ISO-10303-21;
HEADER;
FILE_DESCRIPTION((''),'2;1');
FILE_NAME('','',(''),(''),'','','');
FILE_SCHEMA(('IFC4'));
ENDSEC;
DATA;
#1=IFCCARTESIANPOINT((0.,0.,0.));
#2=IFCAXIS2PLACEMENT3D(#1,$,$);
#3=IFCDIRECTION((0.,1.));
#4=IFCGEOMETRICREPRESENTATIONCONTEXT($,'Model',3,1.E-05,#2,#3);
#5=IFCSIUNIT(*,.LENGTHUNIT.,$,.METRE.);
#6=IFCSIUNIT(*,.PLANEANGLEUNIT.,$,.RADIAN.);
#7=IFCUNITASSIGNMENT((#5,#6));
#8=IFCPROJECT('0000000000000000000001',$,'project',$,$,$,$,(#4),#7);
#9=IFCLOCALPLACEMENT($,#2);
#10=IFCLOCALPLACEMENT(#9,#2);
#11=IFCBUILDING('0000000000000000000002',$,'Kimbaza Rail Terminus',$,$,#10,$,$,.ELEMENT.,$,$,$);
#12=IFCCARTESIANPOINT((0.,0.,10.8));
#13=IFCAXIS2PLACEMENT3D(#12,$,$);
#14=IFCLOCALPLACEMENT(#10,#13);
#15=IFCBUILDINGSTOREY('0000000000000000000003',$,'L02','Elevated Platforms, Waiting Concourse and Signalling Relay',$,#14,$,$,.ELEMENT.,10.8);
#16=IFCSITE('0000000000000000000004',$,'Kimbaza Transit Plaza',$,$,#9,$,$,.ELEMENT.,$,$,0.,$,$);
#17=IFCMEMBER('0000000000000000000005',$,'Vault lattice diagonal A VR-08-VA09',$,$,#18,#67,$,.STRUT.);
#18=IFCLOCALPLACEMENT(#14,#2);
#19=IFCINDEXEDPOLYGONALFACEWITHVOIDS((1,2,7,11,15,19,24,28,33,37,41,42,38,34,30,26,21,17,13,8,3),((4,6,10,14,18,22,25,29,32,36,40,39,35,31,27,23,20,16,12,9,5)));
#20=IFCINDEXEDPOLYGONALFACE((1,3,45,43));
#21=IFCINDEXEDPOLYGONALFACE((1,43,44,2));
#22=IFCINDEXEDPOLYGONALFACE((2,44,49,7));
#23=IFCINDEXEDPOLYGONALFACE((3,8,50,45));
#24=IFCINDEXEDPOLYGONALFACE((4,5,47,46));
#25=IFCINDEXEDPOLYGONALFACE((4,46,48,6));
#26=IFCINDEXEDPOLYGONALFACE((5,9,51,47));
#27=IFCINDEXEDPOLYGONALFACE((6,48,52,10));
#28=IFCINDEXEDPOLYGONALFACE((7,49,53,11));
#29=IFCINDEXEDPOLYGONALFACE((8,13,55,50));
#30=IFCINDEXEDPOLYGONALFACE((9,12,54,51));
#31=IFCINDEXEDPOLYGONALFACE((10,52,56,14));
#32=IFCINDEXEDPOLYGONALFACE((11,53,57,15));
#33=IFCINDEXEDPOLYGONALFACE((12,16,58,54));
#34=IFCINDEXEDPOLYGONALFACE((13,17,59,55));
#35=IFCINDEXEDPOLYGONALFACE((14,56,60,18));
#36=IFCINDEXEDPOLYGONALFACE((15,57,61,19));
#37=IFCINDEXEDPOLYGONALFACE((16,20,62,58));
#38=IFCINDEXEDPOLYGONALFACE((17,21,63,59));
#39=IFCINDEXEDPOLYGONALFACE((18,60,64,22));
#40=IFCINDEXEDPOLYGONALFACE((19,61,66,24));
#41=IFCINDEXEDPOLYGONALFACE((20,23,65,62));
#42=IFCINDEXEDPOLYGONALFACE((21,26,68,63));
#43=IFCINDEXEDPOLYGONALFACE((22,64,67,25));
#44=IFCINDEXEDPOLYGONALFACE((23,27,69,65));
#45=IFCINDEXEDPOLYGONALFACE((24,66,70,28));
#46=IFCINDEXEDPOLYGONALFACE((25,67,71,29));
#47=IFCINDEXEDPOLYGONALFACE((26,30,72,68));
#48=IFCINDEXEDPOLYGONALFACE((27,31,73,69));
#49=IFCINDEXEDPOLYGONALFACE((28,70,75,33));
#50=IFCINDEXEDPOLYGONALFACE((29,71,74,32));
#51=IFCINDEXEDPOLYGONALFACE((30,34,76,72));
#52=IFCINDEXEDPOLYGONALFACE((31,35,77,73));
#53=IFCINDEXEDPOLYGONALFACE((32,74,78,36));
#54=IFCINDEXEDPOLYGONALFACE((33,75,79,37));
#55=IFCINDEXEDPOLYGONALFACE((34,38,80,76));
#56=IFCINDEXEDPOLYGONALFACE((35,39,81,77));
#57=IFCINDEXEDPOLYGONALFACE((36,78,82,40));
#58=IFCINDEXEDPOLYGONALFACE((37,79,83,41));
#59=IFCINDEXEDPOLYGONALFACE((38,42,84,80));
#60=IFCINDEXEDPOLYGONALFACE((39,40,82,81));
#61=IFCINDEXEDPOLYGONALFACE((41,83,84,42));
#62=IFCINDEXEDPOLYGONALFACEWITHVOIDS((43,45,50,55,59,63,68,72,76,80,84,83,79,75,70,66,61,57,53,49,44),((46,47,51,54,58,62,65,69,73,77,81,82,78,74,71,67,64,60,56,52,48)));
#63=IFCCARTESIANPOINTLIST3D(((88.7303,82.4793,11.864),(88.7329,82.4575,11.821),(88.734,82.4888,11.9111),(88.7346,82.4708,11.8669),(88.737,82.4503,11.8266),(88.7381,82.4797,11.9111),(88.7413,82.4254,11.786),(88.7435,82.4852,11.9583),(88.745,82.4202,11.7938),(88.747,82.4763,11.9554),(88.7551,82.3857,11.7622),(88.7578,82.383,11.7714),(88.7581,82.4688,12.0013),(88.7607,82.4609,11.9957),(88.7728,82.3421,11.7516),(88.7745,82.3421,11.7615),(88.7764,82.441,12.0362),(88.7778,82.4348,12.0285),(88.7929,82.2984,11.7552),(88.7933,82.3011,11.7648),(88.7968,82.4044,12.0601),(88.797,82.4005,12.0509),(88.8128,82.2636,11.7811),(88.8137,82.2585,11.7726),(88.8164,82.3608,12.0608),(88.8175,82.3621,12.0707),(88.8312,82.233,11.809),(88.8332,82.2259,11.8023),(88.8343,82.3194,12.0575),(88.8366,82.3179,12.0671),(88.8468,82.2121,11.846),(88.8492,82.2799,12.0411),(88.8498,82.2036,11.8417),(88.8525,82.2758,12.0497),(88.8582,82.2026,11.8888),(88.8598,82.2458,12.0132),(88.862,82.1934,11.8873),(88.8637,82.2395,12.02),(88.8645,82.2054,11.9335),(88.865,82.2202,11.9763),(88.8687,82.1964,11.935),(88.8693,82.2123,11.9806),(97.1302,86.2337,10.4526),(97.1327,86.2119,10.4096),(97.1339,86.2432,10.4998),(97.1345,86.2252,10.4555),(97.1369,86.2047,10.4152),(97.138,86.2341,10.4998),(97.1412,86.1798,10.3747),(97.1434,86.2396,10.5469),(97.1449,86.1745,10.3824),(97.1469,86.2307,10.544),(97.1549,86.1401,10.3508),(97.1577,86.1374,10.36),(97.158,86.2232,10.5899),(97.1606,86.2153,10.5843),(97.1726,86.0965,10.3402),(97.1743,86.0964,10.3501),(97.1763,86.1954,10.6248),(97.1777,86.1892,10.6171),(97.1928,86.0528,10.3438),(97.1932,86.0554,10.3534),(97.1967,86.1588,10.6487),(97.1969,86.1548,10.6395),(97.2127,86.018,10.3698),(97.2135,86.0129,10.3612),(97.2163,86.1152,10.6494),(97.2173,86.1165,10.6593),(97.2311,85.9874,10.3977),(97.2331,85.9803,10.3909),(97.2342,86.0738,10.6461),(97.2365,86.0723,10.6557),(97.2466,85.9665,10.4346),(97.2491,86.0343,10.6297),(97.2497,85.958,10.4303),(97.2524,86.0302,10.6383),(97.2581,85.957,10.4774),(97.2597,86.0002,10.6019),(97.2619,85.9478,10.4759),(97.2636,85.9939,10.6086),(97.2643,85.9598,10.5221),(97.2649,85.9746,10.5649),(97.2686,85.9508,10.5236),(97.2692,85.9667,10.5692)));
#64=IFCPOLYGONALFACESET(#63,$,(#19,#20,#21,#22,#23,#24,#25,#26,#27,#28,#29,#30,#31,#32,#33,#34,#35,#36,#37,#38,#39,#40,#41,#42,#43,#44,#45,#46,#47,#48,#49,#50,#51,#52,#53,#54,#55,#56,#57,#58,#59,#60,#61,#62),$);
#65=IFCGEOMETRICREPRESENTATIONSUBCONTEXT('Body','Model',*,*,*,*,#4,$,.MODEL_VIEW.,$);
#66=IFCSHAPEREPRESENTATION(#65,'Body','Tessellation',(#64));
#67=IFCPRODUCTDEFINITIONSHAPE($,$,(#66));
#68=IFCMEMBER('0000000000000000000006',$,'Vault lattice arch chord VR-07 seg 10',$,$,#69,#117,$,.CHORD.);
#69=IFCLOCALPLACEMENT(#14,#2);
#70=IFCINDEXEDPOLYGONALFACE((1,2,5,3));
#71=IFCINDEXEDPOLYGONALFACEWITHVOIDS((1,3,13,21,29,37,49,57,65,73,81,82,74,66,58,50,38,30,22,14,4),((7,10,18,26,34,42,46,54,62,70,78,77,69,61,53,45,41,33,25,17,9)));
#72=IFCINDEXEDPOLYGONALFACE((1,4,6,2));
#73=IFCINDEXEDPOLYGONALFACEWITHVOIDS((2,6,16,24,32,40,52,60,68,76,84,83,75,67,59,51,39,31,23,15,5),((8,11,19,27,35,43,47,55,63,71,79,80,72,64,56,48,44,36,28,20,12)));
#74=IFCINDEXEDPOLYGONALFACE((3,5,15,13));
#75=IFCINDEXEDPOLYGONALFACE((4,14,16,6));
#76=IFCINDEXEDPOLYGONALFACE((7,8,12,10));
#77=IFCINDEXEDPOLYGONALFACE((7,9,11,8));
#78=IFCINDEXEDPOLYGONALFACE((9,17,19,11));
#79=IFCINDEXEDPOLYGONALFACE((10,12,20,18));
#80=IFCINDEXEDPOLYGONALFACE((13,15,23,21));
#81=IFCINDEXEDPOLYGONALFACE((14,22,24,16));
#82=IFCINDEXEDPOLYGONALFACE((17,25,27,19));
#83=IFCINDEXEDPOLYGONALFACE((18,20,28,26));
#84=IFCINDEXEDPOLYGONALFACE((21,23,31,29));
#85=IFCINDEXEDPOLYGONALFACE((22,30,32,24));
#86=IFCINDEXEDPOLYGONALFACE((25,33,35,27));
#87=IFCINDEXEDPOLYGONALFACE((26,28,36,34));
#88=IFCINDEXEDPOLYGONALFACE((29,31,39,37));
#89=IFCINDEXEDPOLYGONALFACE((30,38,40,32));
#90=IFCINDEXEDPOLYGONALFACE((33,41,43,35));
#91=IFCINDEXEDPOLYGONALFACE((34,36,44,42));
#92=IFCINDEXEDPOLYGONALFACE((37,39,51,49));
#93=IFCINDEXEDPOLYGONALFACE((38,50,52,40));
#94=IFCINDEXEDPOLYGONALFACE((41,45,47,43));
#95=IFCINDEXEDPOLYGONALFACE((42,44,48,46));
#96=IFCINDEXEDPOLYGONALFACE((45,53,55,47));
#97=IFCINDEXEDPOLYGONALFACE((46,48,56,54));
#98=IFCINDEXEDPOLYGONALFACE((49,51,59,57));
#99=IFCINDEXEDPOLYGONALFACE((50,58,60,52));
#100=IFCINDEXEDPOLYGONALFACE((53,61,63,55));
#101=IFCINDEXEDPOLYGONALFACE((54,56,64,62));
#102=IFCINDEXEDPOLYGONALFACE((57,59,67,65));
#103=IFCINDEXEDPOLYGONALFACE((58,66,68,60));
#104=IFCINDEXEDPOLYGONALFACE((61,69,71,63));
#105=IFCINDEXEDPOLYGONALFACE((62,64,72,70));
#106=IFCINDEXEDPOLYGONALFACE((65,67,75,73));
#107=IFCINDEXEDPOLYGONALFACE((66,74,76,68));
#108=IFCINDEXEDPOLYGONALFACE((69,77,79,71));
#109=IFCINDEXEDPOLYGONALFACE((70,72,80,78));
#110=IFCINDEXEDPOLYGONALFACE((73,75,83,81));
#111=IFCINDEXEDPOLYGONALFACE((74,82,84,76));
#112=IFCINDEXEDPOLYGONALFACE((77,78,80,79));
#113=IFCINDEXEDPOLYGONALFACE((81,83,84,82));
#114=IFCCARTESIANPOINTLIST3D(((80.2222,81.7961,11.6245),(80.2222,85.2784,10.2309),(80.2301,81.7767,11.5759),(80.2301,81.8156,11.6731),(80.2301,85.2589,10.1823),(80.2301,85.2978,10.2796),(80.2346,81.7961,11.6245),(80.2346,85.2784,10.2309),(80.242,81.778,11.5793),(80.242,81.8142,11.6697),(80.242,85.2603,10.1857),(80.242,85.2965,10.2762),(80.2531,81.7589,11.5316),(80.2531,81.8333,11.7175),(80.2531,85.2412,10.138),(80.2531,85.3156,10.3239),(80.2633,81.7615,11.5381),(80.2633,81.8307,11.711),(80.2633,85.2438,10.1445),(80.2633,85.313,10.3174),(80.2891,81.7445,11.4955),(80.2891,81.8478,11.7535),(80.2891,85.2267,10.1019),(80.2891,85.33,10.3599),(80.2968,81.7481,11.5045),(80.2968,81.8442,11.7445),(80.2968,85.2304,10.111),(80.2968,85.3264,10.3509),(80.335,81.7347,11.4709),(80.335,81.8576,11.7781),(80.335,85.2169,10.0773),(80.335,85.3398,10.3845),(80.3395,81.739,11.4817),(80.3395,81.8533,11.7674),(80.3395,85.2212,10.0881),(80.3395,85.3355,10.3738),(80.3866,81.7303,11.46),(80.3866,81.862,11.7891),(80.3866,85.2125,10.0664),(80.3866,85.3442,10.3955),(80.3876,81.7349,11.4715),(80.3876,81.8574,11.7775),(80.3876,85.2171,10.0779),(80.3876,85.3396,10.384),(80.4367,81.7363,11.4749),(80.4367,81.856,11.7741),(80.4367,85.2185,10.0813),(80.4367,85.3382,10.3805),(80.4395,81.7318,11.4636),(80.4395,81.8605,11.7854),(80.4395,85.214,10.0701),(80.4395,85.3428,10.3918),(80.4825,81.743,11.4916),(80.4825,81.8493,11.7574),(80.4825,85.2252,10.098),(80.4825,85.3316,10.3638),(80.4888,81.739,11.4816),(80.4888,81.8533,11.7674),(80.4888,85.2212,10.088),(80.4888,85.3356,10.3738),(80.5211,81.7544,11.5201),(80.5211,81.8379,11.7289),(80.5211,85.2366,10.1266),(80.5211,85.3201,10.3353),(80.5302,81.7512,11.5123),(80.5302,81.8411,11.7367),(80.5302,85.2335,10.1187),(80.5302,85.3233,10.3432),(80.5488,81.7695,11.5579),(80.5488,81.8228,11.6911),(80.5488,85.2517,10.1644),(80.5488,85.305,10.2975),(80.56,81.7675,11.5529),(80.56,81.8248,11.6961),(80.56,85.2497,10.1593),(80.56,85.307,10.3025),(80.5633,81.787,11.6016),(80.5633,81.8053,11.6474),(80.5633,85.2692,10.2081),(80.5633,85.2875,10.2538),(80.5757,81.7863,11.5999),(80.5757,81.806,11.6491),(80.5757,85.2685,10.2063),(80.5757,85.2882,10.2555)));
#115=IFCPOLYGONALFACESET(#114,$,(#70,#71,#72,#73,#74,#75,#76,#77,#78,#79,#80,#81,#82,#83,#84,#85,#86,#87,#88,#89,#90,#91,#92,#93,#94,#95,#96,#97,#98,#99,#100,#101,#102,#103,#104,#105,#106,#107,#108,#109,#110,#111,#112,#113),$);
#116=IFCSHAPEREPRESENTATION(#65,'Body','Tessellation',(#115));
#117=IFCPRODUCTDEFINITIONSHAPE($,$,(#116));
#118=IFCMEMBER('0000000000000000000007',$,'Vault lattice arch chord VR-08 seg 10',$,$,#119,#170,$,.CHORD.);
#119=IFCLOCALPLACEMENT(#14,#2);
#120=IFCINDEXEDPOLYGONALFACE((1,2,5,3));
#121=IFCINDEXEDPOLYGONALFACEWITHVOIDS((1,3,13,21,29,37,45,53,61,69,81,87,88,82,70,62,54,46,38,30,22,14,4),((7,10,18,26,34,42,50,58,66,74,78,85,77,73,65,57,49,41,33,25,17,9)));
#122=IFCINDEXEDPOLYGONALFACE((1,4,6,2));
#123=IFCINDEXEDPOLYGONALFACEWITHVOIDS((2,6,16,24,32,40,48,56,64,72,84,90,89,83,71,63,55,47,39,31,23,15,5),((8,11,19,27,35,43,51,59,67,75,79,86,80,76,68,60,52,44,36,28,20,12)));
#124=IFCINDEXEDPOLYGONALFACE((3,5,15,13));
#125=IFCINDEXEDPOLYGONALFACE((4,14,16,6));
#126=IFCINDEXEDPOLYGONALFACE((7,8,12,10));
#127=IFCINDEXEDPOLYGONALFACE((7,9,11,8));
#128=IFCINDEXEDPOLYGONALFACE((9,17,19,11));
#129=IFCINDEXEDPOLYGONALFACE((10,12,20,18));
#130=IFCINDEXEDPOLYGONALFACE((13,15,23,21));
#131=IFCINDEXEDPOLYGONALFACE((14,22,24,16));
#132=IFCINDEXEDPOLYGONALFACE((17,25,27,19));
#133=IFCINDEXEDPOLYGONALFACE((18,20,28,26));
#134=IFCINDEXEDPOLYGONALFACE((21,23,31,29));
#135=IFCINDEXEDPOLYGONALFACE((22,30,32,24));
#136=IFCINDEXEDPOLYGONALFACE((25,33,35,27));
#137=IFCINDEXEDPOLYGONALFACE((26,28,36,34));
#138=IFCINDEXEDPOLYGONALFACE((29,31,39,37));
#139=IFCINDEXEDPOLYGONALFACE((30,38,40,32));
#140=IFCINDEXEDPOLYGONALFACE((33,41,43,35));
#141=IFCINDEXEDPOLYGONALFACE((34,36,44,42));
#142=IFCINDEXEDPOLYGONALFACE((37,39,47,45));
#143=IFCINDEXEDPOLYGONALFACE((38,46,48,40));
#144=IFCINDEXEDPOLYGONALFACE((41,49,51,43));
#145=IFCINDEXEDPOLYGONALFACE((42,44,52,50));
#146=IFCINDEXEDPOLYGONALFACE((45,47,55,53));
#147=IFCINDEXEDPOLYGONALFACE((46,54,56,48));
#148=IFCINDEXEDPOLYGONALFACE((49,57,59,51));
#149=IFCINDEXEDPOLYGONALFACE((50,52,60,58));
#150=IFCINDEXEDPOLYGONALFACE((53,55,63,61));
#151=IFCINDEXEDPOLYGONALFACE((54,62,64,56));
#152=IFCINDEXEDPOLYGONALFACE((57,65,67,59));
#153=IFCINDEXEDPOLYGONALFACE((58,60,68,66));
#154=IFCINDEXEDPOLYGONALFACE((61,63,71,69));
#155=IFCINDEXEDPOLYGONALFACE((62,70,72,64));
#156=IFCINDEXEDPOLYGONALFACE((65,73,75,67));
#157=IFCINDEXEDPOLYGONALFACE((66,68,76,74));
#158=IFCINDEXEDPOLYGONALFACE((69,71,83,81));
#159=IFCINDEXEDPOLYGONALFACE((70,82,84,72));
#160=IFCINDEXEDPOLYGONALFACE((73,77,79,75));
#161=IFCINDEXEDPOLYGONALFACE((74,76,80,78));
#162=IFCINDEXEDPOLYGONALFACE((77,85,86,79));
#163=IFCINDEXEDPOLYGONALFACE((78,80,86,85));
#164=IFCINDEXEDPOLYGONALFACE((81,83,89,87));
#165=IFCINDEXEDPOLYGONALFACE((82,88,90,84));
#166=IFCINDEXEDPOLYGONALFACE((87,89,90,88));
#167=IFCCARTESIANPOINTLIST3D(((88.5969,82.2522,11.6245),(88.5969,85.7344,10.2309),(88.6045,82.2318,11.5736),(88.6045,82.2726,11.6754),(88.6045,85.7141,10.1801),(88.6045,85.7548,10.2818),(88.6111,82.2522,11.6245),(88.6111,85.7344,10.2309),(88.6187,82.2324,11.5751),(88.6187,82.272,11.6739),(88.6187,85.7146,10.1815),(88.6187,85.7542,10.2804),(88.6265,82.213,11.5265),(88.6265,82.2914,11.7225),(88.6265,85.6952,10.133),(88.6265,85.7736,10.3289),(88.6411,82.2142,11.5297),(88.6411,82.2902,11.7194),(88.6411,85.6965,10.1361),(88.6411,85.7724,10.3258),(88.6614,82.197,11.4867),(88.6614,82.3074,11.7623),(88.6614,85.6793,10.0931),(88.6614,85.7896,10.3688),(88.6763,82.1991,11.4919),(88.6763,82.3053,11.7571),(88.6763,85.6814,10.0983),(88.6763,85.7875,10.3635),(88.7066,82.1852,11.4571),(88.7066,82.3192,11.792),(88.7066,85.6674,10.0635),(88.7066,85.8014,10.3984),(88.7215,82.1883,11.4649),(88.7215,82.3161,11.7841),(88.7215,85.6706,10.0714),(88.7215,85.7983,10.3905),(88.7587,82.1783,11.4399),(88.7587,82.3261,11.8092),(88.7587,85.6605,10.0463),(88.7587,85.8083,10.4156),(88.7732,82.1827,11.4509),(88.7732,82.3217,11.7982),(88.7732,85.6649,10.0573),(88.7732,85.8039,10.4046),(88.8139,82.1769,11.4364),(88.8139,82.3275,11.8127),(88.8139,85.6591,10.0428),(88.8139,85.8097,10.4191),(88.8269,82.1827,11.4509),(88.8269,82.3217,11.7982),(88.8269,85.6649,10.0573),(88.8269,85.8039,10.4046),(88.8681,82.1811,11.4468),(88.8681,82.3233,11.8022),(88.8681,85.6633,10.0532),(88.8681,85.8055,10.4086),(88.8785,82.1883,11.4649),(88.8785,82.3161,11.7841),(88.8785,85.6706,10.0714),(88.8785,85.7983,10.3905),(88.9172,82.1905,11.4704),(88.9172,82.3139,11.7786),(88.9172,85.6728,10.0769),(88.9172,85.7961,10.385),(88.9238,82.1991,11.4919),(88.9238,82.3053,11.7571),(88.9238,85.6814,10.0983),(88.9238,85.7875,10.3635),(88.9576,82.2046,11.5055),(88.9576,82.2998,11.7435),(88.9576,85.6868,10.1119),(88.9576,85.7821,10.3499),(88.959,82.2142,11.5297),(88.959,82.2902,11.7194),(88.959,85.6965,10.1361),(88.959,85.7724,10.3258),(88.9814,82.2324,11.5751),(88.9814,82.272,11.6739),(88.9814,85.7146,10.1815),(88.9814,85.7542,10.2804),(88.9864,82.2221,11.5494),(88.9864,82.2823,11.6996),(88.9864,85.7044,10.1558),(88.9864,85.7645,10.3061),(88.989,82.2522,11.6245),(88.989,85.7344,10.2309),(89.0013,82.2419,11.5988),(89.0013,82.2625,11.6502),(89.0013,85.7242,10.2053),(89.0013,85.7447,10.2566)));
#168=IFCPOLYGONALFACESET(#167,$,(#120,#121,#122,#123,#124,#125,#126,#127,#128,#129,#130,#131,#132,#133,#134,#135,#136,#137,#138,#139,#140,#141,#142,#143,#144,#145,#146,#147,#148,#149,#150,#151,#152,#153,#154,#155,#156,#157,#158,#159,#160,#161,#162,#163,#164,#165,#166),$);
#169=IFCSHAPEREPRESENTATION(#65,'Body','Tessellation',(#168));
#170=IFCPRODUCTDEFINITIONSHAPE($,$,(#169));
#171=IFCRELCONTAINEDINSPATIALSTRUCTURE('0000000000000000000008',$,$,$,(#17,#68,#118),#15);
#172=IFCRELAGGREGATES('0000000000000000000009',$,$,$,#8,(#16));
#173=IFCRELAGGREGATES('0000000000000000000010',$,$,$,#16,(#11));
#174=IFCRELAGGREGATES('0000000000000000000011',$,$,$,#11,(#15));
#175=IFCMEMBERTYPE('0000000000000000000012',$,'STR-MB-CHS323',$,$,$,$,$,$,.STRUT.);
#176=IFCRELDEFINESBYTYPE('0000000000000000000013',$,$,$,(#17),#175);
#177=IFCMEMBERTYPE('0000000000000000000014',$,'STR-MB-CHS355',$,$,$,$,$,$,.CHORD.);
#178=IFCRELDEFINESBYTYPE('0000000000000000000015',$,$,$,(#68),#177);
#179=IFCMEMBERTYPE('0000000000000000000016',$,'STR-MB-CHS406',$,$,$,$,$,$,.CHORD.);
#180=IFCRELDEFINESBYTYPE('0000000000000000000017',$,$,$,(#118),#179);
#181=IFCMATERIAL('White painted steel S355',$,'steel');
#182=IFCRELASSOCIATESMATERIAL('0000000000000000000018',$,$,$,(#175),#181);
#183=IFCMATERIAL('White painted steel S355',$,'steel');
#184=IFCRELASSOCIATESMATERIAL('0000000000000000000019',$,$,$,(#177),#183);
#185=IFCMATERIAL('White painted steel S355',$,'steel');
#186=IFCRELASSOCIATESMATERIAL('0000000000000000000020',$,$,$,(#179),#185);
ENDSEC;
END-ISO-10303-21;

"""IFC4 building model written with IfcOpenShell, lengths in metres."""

from ifc_helpers import new_model, si_unit, direction, frame, origin, origin_2d, place, context, subcontext, project, spatial, hollow_circle, extrude, material, material_profile, profile_set, type_object, element, save


model = new_model("IFC4")

# Units and contexts
model_context = context("Model", 3, precision=1e-05, world=origin(), true_north=direction((0.0, 1.0)))
body_context = subcontext(model_context, "Body", "Model", "MODEL_VIEW")
ifc_project = project(units=[si_unit("LENGTHUNIT", "METRE"), si_unit("PLANEANGLEUNIT", "RADIAN")], contexts=[model_context])

# Site, building, storey
site_placement = place(None, origin())
site = spatial("IfcSite", under=ifc_project, at=site_placement, Name="Kimbaza Transit Plaza", CompositionType="ELEMENT", RefElevation=0.0)
building_placement = place(site_placement, origin())
building = spatial("IfcBuilding", under=site, at=building_placement, Name="Kimbaza Rail Terminus", CompositionType="ELEMENT")
storey_placement = place(building_placement, frame((0.0, 0.0, 10.8)))
storey = spatial("IfcBuildingStorey", under=building, at=storey_placement, Name="L02", Description="Elevated Platforms, Waiting Concourse and Signalling Relay", CompositionType="ELEMENT", Elevation=10.8)

# Members
ifc_material_1 = material(Name="White painted steel S355", Category="steel")
ifc_material_profile_1 = material_profile(ifc_material_1, hollow_circle(Radius=0.1619, WallThickness=0.01, at=origin_2d()), Name="CHS 323.9x10")
ifc_profile_set_1 = profile_set([ifc_material_profile_1], Name="White painted steel S355")
member_type_1 = type_object("IfcMemberType", Name="STR-MB-CHS323", PredefinedType="STRUT", material=ifc_profile_set_1)
member_1_placement = place(storey_placement, frame((88.8, 82.3411, 11.9111), z_axis=(0.902403, 0.403335, -0.151624), x_axis=(-0.408053, 0.912958, 0.0)))
element("IfcMember", 1, at=member_1_placement, inside=storey, type_object=member_type_1, Name="Vault lattice diagonal A VR-08-VA09", PredefinedType="STRUT", context=body_context, shape_type="SweptSolid", body=[
    extrude(hollow_circle(Radius=0.1619, WallThickness=0.01, at=origin_2d()), origin(), (0.0, 0.0, 1.0), 9.3083),
])
ifc_material_2 = material(Name="White painted steel S355", Category="steel")
ifc_material_profile_2 = material_profile(ifc_material_2, hollow_circle(Radius=0.1777, WallThickness=0.0125, at=origin_2d()), Name="CHS 355.6x12.5")
ifc_profile_set_2 = profile_set([ifc_material_profile_2], Name="White painted steel S355")
member_type_2 = type_object("IfcMemberType", Name="STR-MB-CHS355", PredefinedType="CHORD", material=ifc_profile_set_2)
member_2_placement = place(storey_placement, frame((80.3999, 81.7961, 11.6245), z_axis=(0.0, 0.928414, -0.371548), x_axis=(-1.0, 0.0, 0.0)))
element("IfcMember", 2, at=member_2_placement, inside=storey, type_object=member_type_2, Name="Vault lattice arch chord VR-07 seg 10", PredefinedType="CHORD", context=body_context, shape_type="SweptSolid", body=[
    extrude(hollow_circle(Radius=0.1777, WallThickness=0.0125, at=origin_2d()), origin(), (0.0, 0.0, 1.0), 3.7507),
])
ifc_material_3 = material(Name="White painted steel S355", Category="steel")
ifc_material_profile_3 = material_profile(ifc_material_3, hollow_circle(Radius=0.2031, WallThickness=0.0142, at=origin_2d()), Name="CHS 406.4x14.2")
ifc_profile_set_3 = profile_set([ifc_material_profile_3], Name="White painted steel S355")
member_type_3 = type_object("IfcMemberType", Name="STR-MB-CHS406", PredefinedType="CHORD", material=ifc_profile_set_3)
member_3_placement = place(storey_placement, frame((88.8, 82.2522, 11.6245), z_axis=(0.0, 0.928414, -0.371548), x_axis=(-1.0, 0.0, 0.0)))
element("IfcMember", 3, at=member_3_placement, inside=storey, type_object=member_type_3, Name="Vault lattice arch chord VR-08 seg 10", PredefinedType="CHORD", context=body_context, shape_type="SweptSolid", body=[
    extrude(hollow_circle(Radius=0.2031, WallThickness=0.0142, at=origin_2d()), origin(), (0.0, 0.0, 1.0), 3.7507),
])

save(model, "model.ifc")
